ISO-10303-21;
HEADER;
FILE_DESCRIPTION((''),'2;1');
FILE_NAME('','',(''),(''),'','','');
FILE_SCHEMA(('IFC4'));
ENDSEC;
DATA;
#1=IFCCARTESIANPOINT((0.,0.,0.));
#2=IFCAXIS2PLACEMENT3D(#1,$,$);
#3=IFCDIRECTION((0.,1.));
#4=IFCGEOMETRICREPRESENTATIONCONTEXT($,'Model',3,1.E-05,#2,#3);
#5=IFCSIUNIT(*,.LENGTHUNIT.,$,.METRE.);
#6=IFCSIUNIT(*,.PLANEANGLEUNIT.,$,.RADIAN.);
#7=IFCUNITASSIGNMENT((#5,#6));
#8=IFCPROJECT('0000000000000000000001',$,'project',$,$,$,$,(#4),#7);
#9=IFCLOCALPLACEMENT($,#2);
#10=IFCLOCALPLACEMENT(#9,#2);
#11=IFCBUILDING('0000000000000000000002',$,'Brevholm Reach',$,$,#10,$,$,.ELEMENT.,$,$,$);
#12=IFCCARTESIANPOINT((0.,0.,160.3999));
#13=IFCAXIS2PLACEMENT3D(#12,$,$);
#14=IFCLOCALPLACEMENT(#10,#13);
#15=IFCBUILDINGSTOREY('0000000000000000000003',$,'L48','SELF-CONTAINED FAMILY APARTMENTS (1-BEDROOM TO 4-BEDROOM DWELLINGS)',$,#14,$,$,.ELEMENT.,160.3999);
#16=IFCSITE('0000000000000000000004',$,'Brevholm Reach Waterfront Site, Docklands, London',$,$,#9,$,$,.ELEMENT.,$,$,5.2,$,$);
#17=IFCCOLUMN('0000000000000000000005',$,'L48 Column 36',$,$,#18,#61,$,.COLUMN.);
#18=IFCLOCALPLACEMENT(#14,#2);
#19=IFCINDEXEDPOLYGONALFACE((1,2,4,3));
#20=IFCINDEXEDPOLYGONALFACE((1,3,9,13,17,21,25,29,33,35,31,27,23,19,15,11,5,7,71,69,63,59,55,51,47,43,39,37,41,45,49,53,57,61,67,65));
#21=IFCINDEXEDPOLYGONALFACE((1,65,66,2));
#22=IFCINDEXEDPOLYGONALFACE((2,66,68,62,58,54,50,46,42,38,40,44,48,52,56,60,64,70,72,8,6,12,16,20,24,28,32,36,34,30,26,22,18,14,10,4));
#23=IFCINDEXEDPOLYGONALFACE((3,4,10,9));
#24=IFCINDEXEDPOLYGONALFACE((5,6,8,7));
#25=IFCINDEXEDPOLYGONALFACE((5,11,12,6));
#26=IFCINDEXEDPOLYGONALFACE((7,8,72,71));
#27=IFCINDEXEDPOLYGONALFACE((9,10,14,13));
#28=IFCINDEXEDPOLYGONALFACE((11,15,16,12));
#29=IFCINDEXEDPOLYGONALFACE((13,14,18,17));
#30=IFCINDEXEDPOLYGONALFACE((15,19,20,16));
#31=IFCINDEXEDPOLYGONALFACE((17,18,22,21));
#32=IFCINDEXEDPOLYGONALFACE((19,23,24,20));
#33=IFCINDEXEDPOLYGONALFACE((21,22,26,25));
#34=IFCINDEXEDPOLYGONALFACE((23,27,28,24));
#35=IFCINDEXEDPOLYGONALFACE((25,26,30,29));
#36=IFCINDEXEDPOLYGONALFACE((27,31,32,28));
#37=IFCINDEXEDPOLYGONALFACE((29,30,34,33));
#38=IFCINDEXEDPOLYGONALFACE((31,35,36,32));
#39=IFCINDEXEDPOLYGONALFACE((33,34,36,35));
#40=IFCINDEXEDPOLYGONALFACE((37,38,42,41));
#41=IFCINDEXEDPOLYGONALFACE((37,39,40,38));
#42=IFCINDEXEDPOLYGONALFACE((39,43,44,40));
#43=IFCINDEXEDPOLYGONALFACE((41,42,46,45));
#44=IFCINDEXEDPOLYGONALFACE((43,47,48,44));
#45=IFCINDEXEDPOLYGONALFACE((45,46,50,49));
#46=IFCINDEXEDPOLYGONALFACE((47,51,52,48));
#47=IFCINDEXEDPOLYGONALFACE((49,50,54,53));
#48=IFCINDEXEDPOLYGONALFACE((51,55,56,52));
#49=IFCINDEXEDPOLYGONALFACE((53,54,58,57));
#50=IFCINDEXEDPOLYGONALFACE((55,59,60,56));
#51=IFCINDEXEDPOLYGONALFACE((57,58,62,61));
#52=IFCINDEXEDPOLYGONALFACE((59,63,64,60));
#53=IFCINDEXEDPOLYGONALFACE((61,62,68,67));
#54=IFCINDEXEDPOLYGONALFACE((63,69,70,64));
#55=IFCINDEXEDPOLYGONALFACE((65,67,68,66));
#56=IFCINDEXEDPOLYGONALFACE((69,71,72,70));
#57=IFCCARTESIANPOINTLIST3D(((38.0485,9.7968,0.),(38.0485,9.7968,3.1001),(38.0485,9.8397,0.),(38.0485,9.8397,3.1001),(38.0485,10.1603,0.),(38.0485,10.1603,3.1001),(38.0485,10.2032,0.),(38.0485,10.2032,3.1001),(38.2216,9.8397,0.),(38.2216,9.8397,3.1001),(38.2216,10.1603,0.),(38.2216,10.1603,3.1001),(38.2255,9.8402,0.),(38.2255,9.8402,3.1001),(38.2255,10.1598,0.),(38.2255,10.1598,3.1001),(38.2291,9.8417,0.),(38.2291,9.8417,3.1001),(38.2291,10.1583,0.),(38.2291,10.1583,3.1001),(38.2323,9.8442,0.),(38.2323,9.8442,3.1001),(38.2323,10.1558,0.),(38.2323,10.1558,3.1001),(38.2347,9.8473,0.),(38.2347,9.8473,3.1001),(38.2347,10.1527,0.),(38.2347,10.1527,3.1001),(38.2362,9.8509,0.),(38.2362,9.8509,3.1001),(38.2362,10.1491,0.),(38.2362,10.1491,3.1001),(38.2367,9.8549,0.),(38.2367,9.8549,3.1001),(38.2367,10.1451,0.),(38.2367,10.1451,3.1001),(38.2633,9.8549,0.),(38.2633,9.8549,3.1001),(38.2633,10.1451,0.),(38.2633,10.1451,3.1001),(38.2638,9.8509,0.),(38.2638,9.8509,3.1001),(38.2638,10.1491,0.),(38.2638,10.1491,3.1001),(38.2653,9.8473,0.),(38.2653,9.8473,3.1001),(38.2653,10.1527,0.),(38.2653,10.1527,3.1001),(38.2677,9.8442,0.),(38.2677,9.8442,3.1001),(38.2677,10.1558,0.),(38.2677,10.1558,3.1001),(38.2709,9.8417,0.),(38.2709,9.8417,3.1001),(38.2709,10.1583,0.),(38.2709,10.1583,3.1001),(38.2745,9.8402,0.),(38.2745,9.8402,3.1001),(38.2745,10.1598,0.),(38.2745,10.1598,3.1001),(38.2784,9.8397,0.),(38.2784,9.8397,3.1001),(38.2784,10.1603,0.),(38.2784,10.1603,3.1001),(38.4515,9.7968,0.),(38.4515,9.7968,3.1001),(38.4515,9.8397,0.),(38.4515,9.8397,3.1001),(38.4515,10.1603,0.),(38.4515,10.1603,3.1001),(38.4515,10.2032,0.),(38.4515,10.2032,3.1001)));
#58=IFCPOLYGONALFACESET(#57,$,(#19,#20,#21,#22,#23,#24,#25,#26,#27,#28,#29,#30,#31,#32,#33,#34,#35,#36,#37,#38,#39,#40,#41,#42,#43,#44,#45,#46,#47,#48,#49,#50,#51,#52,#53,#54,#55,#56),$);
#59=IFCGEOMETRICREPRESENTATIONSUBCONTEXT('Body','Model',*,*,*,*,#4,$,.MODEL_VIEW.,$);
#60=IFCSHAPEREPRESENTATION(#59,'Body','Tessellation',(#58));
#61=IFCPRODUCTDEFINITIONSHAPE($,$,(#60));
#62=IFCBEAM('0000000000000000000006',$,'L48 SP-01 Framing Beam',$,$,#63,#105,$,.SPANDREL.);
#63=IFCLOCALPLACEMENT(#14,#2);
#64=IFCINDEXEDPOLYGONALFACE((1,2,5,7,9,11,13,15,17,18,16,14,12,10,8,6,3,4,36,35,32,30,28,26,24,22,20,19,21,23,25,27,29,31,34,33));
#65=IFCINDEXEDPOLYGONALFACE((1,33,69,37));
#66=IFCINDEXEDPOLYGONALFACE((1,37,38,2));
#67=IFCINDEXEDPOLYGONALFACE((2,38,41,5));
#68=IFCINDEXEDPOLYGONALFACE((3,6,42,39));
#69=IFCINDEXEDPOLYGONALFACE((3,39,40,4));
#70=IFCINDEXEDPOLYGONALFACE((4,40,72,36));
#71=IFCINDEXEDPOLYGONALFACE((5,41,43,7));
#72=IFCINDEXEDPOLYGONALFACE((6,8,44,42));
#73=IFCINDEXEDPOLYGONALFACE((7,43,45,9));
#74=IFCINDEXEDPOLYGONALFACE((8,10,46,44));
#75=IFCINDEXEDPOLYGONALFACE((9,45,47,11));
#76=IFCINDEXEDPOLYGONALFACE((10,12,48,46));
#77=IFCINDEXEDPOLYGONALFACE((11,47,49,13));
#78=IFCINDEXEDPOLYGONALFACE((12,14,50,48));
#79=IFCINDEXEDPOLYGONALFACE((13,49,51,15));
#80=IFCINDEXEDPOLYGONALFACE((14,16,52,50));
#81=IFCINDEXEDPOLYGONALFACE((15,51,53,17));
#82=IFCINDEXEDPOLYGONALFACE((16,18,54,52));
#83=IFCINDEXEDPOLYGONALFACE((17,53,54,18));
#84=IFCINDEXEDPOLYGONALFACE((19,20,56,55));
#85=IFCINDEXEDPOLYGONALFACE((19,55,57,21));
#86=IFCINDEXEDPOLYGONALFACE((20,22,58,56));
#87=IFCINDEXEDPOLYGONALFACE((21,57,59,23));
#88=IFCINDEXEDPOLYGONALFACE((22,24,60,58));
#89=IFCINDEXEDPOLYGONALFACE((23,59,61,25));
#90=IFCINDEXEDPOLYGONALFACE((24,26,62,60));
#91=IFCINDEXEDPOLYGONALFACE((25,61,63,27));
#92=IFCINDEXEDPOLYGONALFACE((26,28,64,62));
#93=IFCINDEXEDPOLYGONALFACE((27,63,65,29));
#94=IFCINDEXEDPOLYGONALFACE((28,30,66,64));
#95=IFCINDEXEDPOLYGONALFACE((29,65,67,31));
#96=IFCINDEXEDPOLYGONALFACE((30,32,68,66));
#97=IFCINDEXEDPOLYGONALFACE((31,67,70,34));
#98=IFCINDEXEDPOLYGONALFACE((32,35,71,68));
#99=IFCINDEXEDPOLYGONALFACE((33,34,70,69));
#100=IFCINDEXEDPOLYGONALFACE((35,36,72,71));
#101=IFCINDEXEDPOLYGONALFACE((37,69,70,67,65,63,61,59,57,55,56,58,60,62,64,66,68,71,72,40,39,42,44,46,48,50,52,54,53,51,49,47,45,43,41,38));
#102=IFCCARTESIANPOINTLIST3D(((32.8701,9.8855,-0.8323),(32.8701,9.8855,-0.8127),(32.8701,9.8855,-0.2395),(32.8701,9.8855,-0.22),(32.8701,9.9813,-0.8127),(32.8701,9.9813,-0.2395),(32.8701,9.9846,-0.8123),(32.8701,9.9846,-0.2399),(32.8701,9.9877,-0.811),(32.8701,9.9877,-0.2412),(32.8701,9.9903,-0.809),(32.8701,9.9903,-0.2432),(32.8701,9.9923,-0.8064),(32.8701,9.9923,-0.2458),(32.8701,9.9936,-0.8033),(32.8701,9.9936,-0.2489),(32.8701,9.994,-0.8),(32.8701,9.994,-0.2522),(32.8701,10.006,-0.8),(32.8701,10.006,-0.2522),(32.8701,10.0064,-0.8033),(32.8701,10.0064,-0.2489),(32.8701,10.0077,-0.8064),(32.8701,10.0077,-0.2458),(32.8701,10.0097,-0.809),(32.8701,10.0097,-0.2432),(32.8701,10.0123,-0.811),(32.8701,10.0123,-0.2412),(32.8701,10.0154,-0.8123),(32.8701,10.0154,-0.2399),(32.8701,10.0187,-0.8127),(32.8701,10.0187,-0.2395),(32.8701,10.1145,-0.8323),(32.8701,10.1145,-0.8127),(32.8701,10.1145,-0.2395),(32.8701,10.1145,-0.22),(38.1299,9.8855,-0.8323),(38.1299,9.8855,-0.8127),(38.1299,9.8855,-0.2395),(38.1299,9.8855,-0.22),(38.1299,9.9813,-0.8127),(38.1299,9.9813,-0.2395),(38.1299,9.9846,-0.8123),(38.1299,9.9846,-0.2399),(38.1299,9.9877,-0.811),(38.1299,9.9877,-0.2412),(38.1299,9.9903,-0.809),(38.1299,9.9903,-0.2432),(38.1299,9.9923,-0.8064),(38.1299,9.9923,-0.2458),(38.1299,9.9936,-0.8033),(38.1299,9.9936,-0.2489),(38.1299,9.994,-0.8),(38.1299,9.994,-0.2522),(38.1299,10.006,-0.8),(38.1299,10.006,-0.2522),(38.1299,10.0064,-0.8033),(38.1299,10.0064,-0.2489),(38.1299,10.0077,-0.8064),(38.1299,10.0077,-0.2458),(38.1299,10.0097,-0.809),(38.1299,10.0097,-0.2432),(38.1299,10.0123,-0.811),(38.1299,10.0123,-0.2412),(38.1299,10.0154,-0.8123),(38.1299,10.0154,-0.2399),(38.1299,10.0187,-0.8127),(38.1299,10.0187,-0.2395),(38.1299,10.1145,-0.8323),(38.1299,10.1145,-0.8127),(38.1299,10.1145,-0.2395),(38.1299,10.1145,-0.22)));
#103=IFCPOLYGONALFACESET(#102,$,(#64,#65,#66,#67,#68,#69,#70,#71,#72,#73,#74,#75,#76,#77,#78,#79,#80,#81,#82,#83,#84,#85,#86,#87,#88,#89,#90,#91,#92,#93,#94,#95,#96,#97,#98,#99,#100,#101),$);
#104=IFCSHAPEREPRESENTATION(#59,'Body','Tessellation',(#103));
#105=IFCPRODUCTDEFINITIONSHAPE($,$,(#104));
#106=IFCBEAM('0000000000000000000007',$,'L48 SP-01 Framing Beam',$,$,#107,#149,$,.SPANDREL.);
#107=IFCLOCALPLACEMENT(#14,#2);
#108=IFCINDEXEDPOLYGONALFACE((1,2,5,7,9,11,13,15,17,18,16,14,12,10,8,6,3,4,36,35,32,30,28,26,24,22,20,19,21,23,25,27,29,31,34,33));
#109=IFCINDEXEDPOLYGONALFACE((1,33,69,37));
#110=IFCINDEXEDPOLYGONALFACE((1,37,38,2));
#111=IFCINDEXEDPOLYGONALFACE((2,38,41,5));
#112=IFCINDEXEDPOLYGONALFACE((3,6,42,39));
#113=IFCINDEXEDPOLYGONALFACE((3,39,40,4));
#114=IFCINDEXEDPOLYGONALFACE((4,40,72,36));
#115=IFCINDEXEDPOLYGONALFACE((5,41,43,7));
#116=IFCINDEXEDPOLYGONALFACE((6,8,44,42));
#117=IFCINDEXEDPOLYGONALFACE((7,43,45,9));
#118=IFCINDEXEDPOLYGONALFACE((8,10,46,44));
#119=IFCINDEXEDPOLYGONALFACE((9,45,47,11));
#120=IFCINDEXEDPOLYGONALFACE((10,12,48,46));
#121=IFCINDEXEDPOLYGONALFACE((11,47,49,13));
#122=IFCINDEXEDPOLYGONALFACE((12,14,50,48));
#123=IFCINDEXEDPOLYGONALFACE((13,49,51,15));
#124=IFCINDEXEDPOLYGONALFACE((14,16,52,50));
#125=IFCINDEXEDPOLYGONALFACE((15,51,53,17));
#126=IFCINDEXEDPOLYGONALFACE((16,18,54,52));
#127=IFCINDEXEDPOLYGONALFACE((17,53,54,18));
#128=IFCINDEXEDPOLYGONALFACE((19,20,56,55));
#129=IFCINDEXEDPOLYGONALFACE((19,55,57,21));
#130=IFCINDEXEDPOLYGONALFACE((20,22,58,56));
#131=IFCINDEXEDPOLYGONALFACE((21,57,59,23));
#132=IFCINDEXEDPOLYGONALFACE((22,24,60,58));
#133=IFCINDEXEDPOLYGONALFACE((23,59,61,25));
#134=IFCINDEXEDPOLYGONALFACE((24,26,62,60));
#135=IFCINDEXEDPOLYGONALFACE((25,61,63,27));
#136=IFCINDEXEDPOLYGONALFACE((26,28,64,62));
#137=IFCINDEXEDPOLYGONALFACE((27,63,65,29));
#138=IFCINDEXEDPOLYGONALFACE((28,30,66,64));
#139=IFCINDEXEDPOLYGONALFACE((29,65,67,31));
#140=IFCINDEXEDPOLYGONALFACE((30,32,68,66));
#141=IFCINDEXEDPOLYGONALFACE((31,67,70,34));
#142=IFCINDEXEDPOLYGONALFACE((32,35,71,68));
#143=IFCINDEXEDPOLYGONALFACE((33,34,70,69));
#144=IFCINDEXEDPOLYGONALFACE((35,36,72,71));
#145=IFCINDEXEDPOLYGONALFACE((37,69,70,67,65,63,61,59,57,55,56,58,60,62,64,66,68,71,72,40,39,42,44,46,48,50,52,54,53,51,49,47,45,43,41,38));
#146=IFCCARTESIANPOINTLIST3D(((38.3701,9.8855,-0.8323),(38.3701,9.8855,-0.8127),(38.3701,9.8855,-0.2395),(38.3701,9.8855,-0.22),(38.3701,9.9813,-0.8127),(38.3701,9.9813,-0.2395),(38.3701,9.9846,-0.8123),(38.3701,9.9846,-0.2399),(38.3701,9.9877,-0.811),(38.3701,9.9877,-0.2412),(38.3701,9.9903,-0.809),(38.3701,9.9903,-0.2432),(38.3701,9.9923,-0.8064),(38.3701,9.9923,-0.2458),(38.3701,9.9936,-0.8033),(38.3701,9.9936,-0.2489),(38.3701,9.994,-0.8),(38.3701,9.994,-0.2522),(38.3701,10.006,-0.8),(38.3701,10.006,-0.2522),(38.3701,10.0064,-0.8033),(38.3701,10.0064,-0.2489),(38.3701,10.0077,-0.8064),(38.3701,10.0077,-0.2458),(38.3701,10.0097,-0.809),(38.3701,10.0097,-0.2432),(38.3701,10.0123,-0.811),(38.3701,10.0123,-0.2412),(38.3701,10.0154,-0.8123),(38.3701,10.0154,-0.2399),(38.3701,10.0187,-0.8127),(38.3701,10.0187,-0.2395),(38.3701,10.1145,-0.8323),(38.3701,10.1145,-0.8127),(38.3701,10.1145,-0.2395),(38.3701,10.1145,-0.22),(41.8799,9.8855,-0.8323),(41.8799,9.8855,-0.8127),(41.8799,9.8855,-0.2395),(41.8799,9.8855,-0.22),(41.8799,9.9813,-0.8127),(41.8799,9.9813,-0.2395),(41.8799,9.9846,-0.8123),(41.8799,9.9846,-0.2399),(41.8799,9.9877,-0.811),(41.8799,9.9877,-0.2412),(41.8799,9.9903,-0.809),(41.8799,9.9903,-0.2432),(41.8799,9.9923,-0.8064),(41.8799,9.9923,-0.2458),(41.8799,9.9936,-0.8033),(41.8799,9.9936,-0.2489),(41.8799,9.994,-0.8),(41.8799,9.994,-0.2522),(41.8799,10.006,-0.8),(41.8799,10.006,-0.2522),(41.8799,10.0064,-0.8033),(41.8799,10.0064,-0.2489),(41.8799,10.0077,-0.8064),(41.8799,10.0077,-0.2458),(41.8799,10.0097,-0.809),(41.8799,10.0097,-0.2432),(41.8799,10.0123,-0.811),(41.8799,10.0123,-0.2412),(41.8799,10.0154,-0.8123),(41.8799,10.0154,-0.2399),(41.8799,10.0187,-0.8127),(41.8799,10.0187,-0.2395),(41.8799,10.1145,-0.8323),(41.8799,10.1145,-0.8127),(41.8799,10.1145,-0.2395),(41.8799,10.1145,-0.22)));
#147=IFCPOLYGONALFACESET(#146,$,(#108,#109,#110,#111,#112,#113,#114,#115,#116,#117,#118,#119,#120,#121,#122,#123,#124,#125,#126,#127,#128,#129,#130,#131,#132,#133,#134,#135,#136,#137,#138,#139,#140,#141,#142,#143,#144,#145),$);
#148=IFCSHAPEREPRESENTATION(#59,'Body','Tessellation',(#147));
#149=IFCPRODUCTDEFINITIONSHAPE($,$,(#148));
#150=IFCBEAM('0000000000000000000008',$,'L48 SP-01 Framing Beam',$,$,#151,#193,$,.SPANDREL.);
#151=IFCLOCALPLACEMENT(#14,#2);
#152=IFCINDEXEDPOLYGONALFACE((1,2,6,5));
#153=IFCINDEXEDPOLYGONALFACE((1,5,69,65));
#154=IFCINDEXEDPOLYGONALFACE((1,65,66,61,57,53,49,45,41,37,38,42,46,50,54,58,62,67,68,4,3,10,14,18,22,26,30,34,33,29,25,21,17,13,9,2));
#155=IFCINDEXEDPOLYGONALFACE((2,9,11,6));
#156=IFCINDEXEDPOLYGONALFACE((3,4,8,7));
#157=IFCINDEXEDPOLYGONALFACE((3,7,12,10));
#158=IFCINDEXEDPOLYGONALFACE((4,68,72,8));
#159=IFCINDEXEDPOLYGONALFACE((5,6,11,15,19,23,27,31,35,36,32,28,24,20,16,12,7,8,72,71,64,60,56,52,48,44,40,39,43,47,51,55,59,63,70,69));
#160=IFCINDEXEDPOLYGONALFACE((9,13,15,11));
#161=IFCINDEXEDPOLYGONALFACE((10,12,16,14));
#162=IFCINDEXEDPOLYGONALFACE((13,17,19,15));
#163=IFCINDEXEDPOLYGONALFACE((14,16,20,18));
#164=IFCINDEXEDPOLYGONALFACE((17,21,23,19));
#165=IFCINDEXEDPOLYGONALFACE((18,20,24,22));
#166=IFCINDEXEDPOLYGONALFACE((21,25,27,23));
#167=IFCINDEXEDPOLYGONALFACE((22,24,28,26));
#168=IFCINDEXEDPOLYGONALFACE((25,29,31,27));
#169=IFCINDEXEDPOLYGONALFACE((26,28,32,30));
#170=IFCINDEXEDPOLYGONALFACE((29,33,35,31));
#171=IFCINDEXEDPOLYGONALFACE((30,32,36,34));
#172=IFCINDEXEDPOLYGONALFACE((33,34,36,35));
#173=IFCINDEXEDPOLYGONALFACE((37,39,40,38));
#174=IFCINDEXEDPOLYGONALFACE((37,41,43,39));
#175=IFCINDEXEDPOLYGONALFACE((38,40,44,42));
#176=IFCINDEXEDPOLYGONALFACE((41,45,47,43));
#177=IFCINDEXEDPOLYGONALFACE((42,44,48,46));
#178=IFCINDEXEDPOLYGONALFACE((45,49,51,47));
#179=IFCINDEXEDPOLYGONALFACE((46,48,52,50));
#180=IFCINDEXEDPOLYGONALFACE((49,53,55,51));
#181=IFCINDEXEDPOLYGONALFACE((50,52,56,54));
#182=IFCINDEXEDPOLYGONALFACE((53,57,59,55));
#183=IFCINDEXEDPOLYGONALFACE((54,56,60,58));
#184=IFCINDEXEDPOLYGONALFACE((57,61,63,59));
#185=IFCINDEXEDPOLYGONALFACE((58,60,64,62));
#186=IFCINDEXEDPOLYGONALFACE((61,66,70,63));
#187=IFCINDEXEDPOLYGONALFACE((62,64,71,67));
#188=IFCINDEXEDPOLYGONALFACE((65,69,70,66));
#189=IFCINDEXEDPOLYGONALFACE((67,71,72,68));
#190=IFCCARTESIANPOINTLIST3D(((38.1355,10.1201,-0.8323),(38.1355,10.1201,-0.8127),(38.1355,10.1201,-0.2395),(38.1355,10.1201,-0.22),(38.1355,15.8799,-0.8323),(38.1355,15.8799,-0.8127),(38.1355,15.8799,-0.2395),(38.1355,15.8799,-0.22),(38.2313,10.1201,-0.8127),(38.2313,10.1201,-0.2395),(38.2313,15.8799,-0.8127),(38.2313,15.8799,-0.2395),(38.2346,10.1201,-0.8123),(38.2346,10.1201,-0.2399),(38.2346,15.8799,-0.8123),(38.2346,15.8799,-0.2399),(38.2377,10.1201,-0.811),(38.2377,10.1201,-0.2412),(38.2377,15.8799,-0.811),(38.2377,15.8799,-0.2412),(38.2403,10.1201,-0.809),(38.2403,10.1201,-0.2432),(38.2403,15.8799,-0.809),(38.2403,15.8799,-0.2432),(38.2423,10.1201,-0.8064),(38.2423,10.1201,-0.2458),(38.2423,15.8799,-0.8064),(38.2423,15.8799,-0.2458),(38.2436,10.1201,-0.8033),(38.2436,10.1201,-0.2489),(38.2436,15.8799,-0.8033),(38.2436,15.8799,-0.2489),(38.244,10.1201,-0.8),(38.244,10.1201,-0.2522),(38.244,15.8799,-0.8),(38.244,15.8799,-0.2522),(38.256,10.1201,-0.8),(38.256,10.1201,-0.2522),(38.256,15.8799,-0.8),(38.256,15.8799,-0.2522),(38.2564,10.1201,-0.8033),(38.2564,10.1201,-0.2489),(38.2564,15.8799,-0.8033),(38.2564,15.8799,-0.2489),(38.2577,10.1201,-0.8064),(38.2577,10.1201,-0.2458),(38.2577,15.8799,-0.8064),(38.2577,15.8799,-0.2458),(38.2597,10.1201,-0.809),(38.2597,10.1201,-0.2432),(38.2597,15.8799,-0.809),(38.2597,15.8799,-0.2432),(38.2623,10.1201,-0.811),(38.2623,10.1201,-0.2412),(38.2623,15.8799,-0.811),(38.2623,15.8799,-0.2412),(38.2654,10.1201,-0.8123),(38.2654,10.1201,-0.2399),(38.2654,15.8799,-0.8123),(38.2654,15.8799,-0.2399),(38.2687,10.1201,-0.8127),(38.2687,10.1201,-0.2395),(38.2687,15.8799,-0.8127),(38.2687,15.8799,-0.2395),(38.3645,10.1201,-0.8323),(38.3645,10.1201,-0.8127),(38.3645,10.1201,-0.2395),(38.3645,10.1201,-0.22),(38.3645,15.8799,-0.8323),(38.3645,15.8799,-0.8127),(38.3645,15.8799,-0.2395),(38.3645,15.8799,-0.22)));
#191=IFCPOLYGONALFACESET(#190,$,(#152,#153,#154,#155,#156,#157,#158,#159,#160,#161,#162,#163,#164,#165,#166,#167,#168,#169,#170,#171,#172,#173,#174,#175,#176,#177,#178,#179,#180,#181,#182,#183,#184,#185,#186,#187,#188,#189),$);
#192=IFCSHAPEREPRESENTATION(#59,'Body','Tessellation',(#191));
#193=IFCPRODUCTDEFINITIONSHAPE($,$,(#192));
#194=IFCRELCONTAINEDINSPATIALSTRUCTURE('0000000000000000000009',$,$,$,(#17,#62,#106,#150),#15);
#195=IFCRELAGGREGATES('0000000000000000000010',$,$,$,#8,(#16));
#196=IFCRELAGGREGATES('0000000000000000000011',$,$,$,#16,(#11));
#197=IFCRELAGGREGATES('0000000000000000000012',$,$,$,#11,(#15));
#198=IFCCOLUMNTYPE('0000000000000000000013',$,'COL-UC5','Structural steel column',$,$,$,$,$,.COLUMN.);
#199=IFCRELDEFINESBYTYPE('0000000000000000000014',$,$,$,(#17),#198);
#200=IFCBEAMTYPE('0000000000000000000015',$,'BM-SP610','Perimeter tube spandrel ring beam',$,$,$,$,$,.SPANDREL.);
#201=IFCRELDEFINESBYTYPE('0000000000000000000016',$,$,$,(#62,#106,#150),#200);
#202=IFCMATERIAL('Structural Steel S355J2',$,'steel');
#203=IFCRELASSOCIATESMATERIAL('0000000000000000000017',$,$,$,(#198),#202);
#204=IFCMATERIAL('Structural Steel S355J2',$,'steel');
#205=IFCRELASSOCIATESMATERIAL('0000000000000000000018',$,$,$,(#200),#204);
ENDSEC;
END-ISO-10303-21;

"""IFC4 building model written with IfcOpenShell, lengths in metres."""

from ifc_helpers import new_model, si_unit, direction, frame, origin, origin_2d, place, context, subcontext, project, spatial, i_section, extrude, material, material_profile, profile_set, type_object, element, save


model = new_model("IFC4")

# Units and contexts
model_context = context("Model", 3, precision=1e-05, world=origin(), true_north=direction((0.0, 1.0)))
body_context = subcontext(model_context, "Body", "Model", "MODEL_VIEW")
ifc_project = project(units=[si_unit("LENGTHUNIT", "METRE"), si_unit("PLANEANGLEUNIT", "RADIAN")], contexts=[model_context])

# Site, building, storey
site_placement = place(None, origin())
site = spatial("IfcSite", under=ifc_project, at=site_placement, Name="Brevholm Reach Waterfront Site, Docklands, London", CompositionType="ELEMENT", RefElevation=5.2)
building_placement = place(site_placement, origin())
building = spatial("IfcBuilding", under=site, at=building_placement, Name="Brevholm Reach", CompositionType="ELEMENT")
storey_placement = place(building_placement, frame((0.0, 0.0, 160.3999)))
storey = spatial("IfcBuildingStorey", under=building, at=storey_placement, Name="L48", Description="SELF-CONTAINED FAMILY APARTMENTS (1-BEDROOM TO 4-BEDROOM DWELLINGS)", CompositionType="ELEMENT", Elevation=160.3999)

# Column
ifc_material_1 = material(Name="Structural Steel S355J2", Category="steel")
ifc_material_profile_1 = material_profile(ifc_material_1, i_section(OverallWidth=0.4031, OverallDepth=0.4065, WebThickness=0.0266, FlangeThickness=0.043, FilletRadius=0.0151, at=origin_2d()), Name="UKC 356x406x340")
ifc_profile_set_1 = profile_set([ifc_material_profile_1], Name="Structural Steel S355J2")
column_type = type_object("IfcColumnType", Name="COL-UC5", Description="Structural steel column", PredefinedType="COLUMN", material=ifc_profile_set_1)
column_placement = place(storey_placement, frame((38.25, 10.0, 0.0), z_axis=(0.0, 0.0, 1.0), x_axis=(1.0, 0.0, 0.0)))
element("IfcColumn", 1, at=column_placement, inside=storey, type_object=column_type, Name="L48 Column 36", PredefinedType="COLUMN", context=body_context, shape_type="SweptSolid", body=[
    extrude(i_section(OverallWidth=0.4031, OverallDepth=0.4065, WebThickness=0.0266, FlangeThickness=0.043, FilletRadius=0.0151, at=origin_2d()), origin(), (0.0, 0.0, 1.0), 3.1001),
])

# Beams
ifc_material_2 = material(Name="Structural Steel S355J2", Category="steel")
ifc_material_profile_2 = material_profile(ifc_material_2, i_section(OverallWidth=0.229, OverallDepth=0.6123, WebThickness=0.012, FlangeThickness=0.0195, FilletRadius=0.0127, at=origin_2d()), Name="UKB 610x229x125")
ifc_profile_set_2 = profile_set([ifc_material_profile_2], Name="Structural Steel S355J2")
beam_type = type_object("IfcBeamType", Name="BM-SP610", Description="Perimeter tube spandrel ring beam", PredefinedType="SPANDREL", material=ifc_profile_set_2)
beam_1_placement = place(storey_placement, frame((32.8701, 10.0, -0.5261), z_axis=(1.0, 0.0, 0.0), x_axis=(0.0, 1.0, 0.0)))
element("IfcBeam", 2, at=beam_1_placement, inside=storey, type_object=beam_type, Name="L48 SP-01 Framing Beam", PredefinedType="SPANDREL", context=body_context, shape_type="SweptSolid", body=[
    extrude(i_section(OverallWidth=0.229, OverallDepth=0.6123, WebThickness=0.012, FlangeThickness=0.0195, FilletRadius=0.0127, at=origin_2d()), origin(), (0.0, 0.0, 1.0), 5.2598),
])
beam_2_placement = place(storey_placement, frame((38.3701, 10.0, -0.5261), z_axis=(1.0, 0.0, 0.0), x_axis=(0.0, 1.0, 0.0)))
element("IfcBeam", 3, at=beam_2_placement, inside=storey, type_object=beam_type, Name="L48 SP-01 Framing Beam", PredefinedType="SPANDREL", context=body_context, shape_type="SweptSolid", body=[
    extrude(i_section(OverallWidth=0.229, OverallDepth=0.6123, WebThickness=0.012, FlangeThickness=0.0195, FilletRadius=0.0127, at=origin_2d()), origin(), (0.0, 0.0, 1.0), 3.5098),
])
beam_3_placement = place(storey_placement, frame((38.25, 10.1201, -0.5261), z_axis=(0.0, 1.0, 0.0), x_axis=(-1.0, 0.0, 0.0)))
element("IfcBeam", 4, at=beam_3_placement, inside=storey, type_object=beam_type, Name="L48 SP-01 Framing Beam", PredefinedType="SPANDREL", context=body_context, shape_type="SweptSolid", body=[
    extrude(i_section(OverallWidth=0.229, OverallDepth=0.6123, WebThickness=0.012, FlangeThickness=0.0195, FilletRadius=0.0127, at=origin_2d()), origin(), (0.0, 0.0, 1.0), 5.7598),
])

save(model, "model.ifc")
